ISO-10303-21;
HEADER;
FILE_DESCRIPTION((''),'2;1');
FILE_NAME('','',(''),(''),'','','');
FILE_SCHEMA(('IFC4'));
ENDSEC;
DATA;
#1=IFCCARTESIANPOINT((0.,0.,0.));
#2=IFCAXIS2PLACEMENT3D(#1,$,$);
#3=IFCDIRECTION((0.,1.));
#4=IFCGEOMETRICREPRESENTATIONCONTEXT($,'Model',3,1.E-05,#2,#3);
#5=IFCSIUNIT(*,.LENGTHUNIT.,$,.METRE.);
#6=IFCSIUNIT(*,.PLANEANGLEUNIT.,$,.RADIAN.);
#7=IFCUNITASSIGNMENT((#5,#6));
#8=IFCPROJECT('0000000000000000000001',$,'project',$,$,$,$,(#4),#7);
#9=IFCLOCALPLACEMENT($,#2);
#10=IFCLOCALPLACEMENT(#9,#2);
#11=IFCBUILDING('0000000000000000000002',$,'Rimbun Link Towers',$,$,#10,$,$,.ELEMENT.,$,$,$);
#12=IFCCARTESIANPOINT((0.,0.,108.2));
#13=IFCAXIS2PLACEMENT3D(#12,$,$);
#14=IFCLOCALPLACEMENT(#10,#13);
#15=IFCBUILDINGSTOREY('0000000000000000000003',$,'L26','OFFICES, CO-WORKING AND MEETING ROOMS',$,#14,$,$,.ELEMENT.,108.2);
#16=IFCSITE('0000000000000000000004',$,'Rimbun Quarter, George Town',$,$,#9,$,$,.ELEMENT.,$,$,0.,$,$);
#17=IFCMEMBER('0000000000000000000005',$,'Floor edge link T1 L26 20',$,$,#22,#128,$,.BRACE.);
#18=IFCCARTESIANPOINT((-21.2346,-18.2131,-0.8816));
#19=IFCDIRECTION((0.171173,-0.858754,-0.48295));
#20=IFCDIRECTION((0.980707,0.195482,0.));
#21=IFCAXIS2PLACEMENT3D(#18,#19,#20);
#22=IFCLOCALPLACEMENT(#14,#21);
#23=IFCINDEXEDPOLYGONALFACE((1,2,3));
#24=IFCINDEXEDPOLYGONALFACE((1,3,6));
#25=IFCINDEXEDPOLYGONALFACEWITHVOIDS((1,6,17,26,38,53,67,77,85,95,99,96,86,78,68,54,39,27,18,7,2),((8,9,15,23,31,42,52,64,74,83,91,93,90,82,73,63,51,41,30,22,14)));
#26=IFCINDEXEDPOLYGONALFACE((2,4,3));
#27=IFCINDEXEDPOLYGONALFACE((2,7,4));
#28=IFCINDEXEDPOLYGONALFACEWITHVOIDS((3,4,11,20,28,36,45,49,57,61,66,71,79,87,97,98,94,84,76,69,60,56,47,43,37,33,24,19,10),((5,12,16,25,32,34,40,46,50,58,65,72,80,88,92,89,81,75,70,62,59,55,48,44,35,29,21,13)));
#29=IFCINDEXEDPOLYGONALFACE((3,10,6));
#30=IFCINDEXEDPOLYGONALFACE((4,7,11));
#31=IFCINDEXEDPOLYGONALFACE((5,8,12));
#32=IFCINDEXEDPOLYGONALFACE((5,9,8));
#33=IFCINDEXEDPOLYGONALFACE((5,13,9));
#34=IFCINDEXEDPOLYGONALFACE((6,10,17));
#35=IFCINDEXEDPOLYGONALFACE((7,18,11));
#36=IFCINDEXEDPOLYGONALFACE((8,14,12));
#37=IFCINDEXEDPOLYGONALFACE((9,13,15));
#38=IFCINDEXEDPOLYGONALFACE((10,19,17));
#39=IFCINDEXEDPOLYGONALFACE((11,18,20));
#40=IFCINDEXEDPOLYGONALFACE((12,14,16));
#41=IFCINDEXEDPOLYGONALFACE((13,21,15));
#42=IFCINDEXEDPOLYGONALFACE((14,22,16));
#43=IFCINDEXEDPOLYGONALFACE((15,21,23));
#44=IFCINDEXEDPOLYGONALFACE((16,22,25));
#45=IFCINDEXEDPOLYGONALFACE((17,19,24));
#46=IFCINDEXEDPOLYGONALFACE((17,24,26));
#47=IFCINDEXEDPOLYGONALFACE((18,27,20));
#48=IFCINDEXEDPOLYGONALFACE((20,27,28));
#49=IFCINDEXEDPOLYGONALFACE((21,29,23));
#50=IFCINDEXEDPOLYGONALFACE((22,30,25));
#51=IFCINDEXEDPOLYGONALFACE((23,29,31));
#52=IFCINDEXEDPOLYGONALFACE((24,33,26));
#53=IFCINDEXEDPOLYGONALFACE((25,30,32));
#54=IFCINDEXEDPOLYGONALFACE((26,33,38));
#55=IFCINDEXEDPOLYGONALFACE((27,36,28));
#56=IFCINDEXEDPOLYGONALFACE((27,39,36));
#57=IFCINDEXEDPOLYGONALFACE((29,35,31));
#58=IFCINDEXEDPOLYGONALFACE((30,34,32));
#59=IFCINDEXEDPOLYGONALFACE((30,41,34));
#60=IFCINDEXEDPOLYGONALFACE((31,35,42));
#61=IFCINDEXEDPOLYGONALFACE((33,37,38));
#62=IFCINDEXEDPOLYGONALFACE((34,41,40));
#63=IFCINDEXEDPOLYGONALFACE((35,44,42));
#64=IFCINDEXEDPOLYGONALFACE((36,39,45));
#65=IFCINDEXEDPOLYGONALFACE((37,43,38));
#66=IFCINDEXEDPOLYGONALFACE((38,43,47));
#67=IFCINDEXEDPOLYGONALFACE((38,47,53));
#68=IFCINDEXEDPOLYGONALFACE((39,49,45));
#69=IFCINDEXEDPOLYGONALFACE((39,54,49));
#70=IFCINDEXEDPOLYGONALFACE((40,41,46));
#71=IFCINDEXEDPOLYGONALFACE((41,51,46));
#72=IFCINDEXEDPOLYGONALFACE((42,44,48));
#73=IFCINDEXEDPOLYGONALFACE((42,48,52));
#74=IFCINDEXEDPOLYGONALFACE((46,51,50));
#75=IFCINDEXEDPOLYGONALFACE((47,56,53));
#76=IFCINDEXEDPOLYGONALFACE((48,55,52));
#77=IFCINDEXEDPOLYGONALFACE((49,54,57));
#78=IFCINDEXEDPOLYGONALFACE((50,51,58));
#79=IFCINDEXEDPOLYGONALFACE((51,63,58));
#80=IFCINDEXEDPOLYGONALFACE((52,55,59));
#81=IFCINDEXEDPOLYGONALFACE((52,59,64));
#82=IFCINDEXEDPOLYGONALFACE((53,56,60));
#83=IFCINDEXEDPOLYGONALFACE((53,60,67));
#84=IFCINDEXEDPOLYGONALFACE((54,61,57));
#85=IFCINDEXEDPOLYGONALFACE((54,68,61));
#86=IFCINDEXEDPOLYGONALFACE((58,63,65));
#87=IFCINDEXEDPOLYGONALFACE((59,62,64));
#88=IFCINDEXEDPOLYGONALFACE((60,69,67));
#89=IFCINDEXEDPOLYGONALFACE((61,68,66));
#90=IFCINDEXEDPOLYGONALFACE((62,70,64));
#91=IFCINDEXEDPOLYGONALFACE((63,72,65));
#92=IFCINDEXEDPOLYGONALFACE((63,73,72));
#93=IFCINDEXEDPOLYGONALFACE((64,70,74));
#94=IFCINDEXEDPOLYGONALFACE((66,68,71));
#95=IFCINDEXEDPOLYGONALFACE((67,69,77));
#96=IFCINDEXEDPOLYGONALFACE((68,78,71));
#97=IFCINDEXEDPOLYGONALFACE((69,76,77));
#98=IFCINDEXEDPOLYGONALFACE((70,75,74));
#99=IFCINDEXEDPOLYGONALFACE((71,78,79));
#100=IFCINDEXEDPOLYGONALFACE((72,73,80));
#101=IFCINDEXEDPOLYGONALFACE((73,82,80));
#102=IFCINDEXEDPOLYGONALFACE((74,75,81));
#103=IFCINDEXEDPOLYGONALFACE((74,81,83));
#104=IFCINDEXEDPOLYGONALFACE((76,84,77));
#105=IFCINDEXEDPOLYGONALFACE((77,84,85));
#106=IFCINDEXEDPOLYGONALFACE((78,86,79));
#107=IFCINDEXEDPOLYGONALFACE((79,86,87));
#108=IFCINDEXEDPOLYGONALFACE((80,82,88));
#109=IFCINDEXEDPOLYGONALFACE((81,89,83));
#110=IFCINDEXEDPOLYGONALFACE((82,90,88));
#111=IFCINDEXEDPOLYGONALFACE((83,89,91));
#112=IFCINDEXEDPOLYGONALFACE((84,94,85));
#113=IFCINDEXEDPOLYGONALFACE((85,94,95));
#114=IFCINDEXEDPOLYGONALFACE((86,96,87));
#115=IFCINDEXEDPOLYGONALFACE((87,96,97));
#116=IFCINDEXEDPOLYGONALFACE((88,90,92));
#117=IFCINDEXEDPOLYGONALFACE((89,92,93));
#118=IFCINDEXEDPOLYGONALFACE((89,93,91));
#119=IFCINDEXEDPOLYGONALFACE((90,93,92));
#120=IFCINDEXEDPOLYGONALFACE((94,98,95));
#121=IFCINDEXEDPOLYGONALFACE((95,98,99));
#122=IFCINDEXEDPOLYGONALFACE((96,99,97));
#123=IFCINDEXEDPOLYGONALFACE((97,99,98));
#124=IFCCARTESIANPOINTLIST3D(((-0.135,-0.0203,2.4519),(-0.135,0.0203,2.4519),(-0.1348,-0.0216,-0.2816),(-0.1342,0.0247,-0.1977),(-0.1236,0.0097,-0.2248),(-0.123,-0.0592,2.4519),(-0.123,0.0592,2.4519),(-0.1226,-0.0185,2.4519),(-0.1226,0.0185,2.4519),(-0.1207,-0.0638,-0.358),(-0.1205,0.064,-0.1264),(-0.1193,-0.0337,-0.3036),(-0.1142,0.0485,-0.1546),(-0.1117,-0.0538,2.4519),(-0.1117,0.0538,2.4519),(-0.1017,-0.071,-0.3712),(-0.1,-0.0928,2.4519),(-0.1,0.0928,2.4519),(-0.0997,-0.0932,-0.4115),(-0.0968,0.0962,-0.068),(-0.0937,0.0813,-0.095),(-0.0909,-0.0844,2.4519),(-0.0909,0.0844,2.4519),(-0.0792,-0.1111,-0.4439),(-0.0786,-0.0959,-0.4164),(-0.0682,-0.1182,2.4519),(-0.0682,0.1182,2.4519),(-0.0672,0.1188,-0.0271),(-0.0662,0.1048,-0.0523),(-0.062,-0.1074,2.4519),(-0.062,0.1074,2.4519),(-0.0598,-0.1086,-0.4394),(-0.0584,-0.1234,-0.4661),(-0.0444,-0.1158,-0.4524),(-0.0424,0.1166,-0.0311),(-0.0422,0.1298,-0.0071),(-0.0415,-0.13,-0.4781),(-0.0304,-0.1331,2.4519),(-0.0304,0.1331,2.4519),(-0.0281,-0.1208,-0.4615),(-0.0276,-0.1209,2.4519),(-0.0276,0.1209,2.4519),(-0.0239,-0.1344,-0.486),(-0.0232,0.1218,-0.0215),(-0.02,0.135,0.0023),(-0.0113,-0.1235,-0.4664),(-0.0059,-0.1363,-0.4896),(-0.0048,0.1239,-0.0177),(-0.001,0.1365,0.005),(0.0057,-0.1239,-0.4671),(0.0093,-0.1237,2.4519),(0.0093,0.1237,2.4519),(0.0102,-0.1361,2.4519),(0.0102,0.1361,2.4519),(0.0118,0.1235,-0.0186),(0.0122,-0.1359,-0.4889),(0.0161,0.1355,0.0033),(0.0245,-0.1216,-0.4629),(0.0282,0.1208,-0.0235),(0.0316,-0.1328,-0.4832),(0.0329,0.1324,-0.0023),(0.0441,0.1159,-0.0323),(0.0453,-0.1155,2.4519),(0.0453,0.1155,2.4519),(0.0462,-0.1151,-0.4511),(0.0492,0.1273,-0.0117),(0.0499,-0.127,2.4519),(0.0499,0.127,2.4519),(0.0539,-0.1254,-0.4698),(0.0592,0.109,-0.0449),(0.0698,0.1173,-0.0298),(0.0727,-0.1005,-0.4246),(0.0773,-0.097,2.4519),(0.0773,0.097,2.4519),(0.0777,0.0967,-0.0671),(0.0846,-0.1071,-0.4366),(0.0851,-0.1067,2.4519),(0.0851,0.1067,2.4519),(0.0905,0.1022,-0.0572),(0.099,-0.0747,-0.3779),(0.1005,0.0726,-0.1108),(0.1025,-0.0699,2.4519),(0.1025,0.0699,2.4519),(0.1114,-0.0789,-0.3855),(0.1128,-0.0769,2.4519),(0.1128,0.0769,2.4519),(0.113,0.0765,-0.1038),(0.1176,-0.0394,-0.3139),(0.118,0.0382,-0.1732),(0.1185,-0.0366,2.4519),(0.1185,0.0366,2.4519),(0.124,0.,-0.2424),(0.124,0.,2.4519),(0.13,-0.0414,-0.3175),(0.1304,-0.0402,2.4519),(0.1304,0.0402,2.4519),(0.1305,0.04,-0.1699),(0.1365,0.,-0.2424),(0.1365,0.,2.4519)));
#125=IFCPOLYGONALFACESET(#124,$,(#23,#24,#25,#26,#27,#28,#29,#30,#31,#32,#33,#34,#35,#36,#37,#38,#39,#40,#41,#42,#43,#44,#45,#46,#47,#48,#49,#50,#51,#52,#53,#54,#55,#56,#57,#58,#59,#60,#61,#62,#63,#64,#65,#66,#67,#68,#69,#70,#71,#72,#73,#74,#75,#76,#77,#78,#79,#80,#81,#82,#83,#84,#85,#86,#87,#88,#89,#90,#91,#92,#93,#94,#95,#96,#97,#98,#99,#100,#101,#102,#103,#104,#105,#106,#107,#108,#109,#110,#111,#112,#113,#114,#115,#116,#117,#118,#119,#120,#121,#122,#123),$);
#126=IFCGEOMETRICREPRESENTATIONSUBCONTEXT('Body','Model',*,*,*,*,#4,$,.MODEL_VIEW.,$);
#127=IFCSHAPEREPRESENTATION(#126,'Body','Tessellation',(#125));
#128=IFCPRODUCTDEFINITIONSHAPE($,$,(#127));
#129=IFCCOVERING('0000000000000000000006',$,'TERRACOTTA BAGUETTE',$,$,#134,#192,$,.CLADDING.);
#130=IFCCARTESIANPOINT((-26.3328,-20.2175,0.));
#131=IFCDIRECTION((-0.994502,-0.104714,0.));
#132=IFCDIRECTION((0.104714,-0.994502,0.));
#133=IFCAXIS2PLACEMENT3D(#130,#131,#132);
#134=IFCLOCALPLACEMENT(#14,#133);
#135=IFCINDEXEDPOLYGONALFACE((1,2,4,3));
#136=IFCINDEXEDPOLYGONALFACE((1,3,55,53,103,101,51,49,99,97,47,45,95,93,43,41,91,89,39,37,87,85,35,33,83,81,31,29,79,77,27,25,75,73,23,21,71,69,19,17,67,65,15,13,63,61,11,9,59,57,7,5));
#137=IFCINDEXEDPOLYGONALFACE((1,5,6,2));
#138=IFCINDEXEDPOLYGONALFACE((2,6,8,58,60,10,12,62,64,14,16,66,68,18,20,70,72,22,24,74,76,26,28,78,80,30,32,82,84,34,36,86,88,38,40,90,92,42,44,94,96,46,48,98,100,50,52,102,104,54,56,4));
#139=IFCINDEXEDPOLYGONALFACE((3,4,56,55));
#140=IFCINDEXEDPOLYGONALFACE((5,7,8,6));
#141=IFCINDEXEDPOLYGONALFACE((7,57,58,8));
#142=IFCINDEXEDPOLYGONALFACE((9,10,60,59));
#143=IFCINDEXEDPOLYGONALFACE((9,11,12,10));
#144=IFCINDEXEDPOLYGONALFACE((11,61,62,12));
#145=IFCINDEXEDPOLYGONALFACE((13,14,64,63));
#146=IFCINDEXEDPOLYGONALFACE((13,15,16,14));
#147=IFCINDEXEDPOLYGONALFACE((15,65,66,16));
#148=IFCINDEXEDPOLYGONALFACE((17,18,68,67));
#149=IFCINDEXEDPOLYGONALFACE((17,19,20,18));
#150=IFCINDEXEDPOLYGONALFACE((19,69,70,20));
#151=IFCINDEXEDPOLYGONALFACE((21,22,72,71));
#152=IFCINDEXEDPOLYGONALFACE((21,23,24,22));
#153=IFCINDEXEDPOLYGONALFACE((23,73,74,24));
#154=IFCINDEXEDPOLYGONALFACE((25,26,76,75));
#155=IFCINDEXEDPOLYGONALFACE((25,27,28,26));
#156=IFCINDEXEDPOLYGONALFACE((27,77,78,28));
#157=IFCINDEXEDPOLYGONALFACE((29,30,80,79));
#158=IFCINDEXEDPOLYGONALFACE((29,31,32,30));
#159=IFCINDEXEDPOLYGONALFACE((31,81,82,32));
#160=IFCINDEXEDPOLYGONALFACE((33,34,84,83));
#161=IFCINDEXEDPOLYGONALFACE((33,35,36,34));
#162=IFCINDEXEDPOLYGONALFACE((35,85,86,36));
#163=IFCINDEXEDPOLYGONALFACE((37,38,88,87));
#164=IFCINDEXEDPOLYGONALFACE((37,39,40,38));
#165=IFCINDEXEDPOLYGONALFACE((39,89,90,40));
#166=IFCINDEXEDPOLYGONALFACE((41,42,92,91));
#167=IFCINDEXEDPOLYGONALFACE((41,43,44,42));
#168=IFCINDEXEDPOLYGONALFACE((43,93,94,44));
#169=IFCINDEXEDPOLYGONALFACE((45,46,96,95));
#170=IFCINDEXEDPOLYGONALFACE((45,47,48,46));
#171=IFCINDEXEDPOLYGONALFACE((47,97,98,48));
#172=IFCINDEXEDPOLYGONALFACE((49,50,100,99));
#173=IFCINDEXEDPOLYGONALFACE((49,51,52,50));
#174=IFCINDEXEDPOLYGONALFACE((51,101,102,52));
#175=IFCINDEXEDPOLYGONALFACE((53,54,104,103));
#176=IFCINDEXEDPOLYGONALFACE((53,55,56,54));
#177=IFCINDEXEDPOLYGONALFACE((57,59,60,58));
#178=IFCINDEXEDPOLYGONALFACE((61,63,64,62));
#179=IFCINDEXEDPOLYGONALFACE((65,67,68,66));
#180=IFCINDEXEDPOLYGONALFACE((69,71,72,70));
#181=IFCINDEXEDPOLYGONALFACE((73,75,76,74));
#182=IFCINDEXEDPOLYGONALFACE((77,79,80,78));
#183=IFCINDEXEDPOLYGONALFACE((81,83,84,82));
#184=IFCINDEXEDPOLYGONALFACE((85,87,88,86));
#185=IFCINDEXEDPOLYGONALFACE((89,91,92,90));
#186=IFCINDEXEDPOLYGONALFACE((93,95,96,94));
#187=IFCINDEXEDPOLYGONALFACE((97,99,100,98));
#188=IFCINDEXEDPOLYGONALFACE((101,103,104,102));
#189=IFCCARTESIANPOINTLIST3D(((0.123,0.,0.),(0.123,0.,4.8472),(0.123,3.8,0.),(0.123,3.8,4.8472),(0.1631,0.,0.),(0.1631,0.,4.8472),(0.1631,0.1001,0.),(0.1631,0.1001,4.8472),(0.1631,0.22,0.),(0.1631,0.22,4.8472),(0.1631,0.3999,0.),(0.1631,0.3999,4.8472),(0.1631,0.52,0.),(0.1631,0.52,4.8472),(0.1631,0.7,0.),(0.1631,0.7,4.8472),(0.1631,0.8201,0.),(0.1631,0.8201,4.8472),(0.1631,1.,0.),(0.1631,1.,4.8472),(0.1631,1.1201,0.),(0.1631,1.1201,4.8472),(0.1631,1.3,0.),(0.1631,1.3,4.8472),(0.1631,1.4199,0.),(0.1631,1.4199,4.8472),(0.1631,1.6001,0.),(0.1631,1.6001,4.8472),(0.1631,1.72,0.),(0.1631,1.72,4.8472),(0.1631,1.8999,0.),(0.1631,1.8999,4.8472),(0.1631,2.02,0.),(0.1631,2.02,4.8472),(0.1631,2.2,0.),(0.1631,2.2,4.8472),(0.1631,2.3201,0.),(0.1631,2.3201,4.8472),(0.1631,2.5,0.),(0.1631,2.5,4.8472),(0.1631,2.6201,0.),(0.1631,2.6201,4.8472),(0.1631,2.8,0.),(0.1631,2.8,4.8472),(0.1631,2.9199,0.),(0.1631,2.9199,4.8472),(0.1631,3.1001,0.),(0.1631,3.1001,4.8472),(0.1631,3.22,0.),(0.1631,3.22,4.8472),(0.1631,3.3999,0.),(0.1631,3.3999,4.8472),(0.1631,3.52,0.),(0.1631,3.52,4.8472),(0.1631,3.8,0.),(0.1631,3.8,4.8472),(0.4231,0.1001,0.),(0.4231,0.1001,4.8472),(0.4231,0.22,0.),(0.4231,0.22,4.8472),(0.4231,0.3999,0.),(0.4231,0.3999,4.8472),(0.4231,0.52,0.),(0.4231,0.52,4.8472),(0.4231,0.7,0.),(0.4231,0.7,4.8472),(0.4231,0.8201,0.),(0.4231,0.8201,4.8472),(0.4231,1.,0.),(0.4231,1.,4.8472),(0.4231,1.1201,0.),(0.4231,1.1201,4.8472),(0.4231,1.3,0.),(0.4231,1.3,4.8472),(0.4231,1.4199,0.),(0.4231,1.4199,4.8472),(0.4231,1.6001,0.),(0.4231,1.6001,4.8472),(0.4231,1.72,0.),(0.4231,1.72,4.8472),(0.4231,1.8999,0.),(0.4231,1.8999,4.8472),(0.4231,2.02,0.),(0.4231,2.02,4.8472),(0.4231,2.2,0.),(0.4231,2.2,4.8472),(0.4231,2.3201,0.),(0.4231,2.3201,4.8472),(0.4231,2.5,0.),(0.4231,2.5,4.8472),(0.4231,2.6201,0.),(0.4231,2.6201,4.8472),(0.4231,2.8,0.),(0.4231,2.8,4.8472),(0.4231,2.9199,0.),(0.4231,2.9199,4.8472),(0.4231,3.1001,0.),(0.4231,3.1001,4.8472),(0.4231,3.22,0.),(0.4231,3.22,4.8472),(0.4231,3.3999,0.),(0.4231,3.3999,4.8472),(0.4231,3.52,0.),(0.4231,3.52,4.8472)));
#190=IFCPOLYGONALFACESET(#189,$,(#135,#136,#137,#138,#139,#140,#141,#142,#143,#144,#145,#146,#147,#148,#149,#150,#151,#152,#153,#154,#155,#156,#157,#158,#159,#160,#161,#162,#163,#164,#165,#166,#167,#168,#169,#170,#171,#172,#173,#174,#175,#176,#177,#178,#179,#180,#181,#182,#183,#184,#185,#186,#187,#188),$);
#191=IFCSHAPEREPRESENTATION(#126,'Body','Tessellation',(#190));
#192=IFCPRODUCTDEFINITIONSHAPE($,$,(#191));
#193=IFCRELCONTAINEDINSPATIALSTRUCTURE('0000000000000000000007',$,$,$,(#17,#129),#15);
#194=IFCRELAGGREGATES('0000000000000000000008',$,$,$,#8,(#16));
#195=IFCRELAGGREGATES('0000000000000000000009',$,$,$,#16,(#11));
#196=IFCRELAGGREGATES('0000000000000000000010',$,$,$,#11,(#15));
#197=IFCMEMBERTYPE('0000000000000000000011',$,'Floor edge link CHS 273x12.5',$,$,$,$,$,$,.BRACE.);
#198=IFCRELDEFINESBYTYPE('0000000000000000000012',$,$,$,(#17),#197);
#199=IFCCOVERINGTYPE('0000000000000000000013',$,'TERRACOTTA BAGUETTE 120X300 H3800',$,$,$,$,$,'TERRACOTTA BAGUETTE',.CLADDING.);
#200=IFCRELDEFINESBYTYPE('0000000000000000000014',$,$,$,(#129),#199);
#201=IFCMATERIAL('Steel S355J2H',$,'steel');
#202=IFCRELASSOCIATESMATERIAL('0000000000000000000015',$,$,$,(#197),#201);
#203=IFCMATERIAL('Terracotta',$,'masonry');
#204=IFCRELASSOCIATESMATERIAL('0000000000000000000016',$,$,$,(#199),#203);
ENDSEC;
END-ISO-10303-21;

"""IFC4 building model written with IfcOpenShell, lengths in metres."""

from ifc_helpers import new_model, si_unit, direction, frame, origin, origin_2d, place, context, subcontext, project, spatial, polyline, hollow_circle, outline, extrude, clip, halfspace, material, material_profile, profile_set, type_object, element, save


model = new_model("IFC4")

# Units and contexts
model_context = context("Model", 3, precision=1e-05, world=origin(), true_north=direction((0.0, 1.0)))
body_context = subcontext(model_context, "Body", "Model", "MODEL_VIEW")
ifc_project = project(units=[si_unit("LENGTHUNIT", "METRE"), si_unit("PLANEANGLEUNIT", "RADIAN")], contexts=[model_context])

# Site, building, storey
site_placement = place(None, origin())
site = spatial("IfcSite", under=ifc_project, at=site_placement, Name="Rimbun Quarter, George Town", CompositionType="ELEMENT", RefElevation=0.0)
building_placement = place(site_placement, origin())
building = spatial("IfcBuilding", under=site, at=building_placement, Name="Rimbun Link Towers", CompositionType="ELEMENT")
storey_placement = place(building_placement, frame((0.0, 0.0, 108.2)))
storey = spatial("IfcBuildingStorey", under=building, at=storey_placement, Name="L26", Description="OFFICES, CO-WORKING AND MEETING ROOMS", CompositionType="ELEMENT", Elevation=108.2)

# Member
ifc_material_1 = material(Name="Steel S355J2H", Category="steel")
ifc_material_profile_1 = material_profile(ifc_material_1, hollow_circle(Radius=0.1365, WallThickness=0.0125, at=origin_2d()), Name="CHS 273x12.5")
ifc_profile_set_1 = profile_set([ifc_material_profile_1], Name="Steel S355J2H")
member_type_1 = type_object("IfcMemberType", Name="Floor edge link CHS 273x12.5", PredefinedType="BRACE", material=ifc_profile_set_1)
member_1_placement = place(storey_placement, frame((-21.2346, -18.2131, -0.8816), z_axis=(0.171173, -0.858754, -0.48295), x_axis=(0.980707, 0.195482, 0.0)))
element("IfcMember", 1, at=member_1_placement, inside=storey, type_object=member_type_1, Name="Floor edge link T1 L26 20", PredefinedType="BRACE", context=body_context, shape_type="Clipping", body=[
    clip(extrude(hollow_circle(Radius=0.1365, WallThickness=0.0125, at=origin_2d()), frame((0.0, 0.0, -0.5156)), (0.0, 0.0, 1.0), 2.9675), halfspace(frame((0.0, 0.0, -0.2424), z_axis=(0.0, 0.875648, -0.48295)), False)),
])

# Covering
ifc_material_2 = material(Name="Terracotta", Category="masonry")
ifc_material_profile_2 = material_profile(ifc_material_2, outline(polyline([(0.123, 0.0), (0.1631, 0.0), (0.1631, 0.1001), (0.4231, 0.1001), (0.4231, 0.22), (0.1631, 0.22), (0.1631, 0.3999), (0.4231, 0.3999), (0.4231, 0.52), (0.1631, 0.52), (0.1631, 0.7), (0.4231, 0.7), (0.4231, 0.8201), (0.1631, 0.8201), (0.1631, 1.0), (0.4231, 1.0), (0.4231, 1.1201), (0.1631, 1.1201), (0.1631, 1.3), (0.4231, 1.3), (0.4231, 1.4199), (0.1631, 1.4199), (0.1631, 1.6001), (0.4231, 1.6001), (0.4231, 1.72), (0.1631, 1.72), (0.1631, 1.8999), (0.4231, 1.8999), (0.4231, 2.02), (0.1631, 2.02), (0.1631, 2.2), (0.4231, 2.2), (0.4231, 2.3201), (0.1631, 2.3201), (0.1631, 2.5), (0.4231, 2.5), (0.4231, 2.6201), (0.1631, 2.6201), (0.1631, 2.8), (0.4231, 2.8), (0.4231, 2.9199), (0.1631, 2.9199), (0.1631, 3.1001), (0.4231, 3.1001), (0.4231, 3.22), (0.1631, 3.22), (0.1631, 3.3999), (0.4231, 3.3999), (0.4231, 3.52), (0.1631, 3.52), (0.1631, 3.8), (0.123, 3.8), (0.123, 0.0)])), Name="BAGUETTE 120X300")
ifc_profile_set_2 = profile_set([ifc_material_profile_2], Name="Terracotta")
covering_type = type_object("IfcCoveringType", Name="TERRACOTTA BAGUETTE 120X300 H3800", ElementType="TERRACOTTA BAGUETTE", PredefinedType="CLADDING", material=ifc_profile_set_2)
covering_1_placement = place(storey_placement, frame((-26.3328, -20.2175, 0.0), z_axis=(-0.994502, -0.104714, 0.0), x_axis=(0.104714, -0.994502, 0.0)))
element("IfcCovering", 2, at=covering_1_placement, inside=storey, type_object=covering_type, Name="TERRACOTTA BAGUETTE", PredefinedType="CLADDING", context=body_context, shape_type="SweptSolid", body=[
    extrude(outline(polyline([(0.123, 0.0), (0.1631, 0.0), (0.1631, 0.1001), (0.4231, 0.1001), (0.4231, 0.22), (0.1631, 0.22), (0.1631, 0.3999), (0.4231, 0.3999), (0.4231, 0.52), (0.1631, 0.52), (0.1631, 0.7), (0.4231, 0.7), (0.4231, 0.8201), (0.1631, 0.8201), (0.1631, 1.0), (0.4231, 1.0), (0.4231, 1.1201), (0.1631, 1.1201), (0.1631, 1.3), (0.4231, 1.3), (0.4231, 1.4199), (0.1631, 1.4199), (0.1631, 1.6001), (0.4231, 1.6001), (0.4231, 1.72), (0.1631, 1.72), (0.1631, 1.8999), (0.4231, 1.8999), (0.4231, 2.02), (0.1631, 2.02), (0.1631, 2.2), (0.4231, 2.2), (0.4231, 2.3201), (0.1631, 2.3201), (0.1631, 2.5), (0.4231, 2.5), (0.4231, 2.6201), (0.1631, 2.6201), (0.1631, 2.8), (0.4231, 2.8), (0.4231, 2.9199), (0.1631, 2.9199), (0.1631, 3.1001), (0.4231, 3.1001), (0.4231, 3.22), (0.1631, 3.22), (0.1631, 3.3999), (0.4231, 3.3999), (0.4231, 3.52), (0.1631, 3.52), (0.1631, 3.8), (0.123, 3.8), (0.123, 0.0)])), origin(), (0.0, 0.0, 1.0), 4.8472),
])

save(model, "model.ifc")
